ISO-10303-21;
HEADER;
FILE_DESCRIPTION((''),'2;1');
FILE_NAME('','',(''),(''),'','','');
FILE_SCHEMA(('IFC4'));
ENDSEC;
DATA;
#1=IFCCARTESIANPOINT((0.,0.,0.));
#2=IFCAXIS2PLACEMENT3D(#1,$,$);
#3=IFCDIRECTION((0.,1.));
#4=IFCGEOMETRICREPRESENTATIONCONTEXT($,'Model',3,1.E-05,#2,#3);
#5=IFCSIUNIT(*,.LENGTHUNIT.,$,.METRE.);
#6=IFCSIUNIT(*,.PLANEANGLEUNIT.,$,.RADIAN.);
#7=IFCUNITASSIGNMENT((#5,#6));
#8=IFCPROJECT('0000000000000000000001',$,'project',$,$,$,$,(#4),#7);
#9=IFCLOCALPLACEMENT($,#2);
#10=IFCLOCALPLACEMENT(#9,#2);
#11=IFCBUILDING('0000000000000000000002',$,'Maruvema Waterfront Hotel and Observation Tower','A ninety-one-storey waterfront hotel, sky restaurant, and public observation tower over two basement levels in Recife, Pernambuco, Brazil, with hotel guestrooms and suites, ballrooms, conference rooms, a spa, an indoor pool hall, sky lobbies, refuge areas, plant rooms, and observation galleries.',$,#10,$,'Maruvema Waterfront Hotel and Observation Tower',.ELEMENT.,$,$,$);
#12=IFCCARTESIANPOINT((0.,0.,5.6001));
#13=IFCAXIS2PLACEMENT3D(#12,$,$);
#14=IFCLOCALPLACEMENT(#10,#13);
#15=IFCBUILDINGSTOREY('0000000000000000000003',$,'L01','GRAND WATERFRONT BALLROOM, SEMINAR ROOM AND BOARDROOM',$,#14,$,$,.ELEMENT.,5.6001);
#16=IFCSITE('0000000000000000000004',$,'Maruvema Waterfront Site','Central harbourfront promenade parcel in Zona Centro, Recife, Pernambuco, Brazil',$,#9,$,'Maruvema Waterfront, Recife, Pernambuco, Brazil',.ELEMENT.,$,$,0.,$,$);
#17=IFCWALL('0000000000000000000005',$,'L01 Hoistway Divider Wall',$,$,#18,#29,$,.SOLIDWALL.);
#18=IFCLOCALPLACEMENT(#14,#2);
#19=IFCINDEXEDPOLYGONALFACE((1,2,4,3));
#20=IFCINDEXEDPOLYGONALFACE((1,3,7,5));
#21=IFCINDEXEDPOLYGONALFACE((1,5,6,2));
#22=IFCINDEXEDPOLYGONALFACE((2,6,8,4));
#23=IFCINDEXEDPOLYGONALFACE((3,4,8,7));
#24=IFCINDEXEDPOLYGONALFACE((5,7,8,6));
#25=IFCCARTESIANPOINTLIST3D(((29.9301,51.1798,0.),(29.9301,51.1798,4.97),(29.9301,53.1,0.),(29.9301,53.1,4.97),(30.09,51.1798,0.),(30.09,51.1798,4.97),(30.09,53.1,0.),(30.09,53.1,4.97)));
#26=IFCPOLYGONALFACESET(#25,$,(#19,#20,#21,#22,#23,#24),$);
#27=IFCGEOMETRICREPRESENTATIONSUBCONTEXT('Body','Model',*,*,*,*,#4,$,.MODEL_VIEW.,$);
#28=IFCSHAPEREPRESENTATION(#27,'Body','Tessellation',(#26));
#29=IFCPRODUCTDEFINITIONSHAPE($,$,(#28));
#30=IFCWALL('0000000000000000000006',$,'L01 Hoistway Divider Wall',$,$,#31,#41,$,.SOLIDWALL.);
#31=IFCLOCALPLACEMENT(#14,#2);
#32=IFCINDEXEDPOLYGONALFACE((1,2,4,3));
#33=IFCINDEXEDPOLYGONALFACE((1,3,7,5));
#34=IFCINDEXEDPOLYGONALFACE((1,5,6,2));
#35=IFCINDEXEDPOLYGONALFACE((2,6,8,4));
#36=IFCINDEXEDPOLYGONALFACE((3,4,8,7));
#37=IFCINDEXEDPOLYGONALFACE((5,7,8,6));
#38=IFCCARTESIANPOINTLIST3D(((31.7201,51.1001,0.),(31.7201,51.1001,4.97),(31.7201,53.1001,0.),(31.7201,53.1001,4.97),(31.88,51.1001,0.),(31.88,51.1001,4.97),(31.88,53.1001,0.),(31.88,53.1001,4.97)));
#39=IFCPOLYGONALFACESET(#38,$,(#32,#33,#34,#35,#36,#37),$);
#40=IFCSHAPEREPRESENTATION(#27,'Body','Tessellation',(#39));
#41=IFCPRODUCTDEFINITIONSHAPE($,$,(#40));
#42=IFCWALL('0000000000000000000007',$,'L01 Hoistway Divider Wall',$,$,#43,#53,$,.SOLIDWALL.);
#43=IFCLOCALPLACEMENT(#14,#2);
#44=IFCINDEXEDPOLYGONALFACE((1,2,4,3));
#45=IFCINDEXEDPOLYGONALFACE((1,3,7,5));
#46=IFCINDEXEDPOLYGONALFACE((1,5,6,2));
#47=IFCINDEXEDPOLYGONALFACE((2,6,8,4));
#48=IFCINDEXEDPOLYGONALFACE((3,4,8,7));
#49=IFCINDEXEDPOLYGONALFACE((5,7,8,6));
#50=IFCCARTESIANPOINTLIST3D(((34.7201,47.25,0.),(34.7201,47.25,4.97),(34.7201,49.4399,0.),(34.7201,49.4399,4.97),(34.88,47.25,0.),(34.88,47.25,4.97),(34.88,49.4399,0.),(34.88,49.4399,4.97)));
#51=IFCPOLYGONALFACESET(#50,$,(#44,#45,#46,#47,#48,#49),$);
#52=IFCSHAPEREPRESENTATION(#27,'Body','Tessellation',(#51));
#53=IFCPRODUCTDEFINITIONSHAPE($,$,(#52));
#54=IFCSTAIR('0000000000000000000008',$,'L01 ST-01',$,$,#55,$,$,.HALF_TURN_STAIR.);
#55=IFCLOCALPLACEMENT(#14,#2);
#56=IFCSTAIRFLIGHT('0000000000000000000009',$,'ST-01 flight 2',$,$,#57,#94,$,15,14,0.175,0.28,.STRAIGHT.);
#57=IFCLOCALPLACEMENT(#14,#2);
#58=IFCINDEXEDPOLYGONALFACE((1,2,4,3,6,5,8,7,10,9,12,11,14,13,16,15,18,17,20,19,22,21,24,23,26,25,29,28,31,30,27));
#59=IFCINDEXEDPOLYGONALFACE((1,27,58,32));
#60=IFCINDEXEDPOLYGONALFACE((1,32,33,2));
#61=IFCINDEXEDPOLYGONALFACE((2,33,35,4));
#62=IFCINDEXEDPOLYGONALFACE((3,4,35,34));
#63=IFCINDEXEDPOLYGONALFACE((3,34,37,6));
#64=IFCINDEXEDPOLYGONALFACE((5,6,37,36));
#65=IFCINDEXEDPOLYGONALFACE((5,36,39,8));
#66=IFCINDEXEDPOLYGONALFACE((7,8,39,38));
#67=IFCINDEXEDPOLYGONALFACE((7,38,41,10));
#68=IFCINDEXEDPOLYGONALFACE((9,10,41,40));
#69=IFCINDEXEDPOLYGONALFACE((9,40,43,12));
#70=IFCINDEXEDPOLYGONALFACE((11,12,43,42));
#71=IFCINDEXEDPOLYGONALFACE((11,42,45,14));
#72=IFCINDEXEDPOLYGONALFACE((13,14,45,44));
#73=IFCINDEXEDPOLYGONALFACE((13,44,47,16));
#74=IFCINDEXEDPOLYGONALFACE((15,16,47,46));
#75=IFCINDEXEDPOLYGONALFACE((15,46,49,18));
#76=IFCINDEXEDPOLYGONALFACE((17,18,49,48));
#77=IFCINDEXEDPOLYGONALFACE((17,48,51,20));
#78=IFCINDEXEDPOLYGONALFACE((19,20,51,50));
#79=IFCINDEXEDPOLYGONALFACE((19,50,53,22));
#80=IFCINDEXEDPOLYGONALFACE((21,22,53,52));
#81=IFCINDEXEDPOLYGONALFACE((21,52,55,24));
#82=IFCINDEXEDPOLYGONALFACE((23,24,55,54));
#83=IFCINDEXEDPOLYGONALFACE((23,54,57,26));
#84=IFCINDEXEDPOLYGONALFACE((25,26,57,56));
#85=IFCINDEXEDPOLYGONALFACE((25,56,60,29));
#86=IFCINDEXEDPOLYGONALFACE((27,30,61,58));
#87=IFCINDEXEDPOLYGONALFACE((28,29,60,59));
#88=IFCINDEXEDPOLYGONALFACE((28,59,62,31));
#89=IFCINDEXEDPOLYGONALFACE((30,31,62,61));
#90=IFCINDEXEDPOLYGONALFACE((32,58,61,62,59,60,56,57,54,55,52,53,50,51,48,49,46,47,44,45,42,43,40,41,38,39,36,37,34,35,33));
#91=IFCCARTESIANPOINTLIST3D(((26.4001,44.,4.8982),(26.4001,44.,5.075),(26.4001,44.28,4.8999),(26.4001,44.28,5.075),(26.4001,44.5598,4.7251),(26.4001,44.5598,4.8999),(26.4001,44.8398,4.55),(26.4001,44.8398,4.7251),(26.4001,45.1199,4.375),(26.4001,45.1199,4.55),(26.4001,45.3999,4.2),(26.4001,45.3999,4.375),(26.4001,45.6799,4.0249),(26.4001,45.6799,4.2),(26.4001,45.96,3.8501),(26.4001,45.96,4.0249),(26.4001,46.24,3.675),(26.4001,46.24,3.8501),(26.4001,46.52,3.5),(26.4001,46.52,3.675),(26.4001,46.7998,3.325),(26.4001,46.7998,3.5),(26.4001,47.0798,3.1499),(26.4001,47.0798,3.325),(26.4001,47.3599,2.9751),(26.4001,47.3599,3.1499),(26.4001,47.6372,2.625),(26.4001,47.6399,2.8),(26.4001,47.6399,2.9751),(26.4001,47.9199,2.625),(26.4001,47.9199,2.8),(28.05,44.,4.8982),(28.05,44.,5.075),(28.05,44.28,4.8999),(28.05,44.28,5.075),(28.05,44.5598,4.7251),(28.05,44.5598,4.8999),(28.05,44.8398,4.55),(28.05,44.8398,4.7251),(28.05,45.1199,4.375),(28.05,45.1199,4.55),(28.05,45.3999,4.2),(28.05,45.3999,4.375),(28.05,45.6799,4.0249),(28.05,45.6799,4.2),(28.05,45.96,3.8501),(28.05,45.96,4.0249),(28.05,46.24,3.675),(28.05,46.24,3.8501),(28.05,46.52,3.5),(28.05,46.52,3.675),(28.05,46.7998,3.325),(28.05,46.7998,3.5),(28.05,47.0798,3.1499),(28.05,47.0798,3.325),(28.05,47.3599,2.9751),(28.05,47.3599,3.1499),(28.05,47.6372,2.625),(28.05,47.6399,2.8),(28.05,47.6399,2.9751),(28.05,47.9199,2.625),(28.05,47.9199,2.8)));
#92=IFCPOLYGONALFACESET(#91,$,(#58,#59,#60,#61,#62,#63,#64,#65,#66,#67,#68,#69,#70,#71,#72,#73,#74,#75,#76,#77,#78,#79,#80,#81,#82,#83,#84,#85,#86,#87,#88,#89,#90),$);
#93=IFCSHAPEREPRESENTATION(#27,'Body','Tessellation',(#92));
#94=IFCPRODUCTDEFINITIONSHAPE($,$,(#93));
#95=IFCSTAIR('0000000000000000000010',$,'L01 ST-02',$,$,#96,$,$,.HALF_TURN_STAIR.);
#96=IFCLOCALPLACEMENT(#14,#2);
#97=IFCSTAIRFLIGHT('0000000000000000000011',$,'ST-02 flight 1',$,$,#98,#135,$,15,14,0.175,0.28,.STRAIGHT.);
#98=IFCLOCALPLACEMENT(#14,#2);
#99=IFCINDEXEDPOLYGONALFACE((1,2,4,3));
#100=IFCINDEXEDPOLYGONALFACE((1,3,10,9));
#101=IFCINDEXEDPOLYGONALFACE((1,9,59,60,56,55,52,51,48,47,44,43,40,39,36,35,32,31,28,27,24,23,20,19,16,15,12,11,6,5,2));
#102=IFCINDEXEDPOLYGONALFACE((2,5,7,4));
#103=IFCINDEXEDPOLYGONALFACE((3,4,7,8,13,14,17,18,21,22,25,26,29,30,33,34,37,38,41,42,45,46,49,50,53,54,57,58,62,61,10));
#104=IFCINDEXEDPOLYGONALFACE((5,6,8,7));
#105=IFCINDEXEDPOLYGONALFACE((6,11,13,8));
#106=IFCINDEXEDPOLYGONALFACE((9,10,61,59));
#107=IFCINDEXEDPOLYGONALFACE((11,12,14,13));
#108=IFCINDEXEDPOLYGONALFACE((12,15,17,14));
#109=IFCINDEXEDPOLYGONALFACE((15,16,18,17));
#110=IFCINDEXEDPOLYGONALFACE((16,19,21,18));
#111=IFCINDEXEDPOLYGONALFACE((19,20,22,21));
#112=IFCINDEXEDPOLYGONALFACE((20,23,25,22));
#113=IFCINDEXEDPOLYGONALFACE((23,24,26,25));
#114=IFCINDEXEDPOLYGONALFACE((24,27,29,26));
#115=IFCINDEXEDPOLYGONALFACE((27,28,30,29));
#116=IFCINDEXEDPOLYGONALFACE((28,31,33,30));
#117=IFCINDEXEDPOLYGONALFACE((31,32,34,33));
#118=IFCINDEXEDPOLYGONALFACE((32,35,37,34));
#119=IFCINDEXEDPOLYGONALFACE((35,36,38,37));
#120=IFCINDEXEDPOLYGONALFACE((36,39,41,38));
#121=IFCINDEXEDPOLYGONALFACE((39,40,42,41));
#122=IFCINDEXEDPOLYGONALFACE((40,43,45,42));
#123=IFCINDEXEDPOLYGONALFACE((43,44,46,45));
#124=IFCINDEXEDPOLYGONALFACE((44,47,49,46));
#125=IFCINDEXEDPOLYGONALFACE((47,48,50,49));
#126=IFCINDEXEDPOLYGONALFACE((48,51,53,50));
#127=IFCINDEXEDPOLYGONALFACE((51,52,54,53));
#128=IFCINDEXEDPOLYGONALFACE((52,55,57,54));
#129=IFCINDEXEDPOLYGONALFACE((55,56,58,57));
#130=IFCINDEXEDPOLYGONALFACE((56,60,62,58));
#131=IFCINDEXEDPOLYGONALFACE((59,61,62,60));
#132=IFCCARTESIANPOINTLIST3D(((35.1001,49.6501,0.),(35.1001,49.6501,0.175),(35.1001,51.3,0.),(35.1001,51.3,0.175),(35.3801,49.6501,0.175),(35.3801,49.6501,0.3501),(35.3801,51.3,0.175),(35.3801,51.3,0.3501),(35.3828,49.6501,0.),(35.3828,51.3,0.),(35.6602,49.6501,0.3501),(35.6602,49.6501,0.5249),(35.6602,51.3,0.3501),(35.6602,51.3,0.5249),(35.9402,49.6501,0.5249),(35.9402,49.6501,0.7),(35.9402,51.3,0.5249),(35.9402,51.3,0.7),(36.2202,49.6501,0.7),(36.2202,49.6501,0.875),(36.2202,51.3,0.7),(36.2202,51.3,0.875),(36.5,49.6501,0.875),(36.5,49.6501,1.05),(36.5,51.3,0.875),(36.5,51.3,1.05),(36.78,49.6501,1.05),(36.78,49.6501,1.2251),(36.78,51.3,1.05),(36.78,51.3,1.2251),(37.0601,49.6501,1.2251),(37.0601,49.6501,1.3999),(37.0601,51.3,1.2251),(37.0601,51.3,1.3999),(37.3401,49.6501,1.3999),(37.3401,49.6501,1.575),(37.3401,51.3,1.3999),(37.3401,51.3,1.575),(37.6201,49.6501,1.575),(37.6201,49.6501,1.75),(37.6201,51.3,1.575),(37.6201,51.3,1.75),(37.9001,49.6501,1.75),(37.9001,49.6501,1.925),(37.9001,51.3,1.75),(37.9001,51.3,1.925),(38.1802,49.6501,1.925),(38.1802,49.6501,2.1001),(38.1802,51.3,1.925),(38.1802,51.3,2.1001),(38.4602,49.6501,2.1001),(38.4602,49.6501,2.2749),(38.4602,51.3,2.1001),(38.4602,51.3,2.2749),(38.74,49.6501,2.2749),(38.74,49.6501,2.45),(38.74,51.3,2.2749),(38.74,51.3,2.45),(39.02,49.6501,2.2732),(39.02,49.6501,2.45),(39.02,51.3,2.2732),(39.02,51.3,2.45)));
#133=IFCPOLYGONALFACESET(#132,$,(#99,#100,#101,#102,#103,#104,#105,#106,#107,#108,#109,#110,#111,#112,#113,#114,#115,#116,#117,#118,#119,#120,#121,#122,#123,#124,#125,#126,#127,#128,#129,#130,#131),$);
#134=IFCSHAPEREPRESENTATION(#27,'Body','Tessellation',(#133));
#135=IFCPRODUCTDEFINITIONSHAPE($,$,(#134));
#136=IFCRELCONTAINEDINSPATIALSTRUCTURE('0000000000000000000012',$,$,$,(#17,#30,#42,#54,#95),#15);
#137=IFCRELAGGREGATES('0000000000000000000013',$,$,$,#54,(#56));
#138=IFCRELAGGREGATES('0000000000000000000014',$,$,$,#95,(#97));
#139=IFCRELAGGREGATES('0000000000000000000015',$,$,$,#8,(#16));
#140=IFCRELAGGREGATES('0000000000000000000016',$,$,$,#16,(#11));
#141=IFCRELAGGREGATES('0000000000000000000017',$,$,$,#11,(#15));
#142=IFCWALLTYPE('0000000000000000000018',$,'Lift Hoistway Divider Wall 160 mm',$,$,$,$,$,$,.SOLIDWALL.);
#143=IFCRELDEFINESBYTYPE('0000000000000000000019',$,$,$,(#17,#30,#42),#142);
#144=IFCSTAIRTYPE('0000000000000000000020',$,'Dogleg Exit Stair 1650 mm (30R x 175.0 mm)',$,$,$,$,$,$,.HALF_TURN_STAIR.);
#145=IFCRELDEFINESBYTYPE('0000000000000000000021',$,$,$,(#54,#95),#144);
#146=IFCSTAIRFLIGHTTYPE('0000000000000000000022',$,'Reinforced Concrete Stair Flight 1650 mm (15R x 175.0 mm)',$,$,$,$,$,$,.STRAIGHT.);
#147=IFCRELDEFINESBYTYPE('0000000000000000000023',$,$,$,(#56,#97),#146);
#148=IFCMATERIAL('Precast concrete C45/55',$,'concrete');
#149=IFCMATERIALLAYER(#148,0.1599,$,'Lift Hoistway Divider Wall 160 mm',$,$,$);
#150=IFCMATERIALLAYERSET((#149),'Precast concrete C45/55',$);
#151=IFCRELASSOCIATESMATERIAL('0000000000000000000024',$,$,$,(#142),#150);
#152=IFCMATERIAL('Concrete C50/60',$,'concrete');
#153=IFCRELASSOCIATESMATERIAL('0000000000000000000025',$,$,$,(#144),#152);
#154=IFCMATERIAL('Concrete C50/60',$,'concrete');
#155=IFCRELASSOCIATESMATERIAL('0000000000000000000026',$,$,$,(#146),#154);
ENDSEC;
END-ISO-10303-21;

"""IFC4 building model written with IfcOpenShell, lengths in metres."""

from ifc_helpers import new_model, si_unit, direction, frame, frame_2d, origin, place, context, subcontext, project, spatial, polyline, rectangle, outline, extrude, material, layer, layer_set, type_object, element, aggregate, save


model = new_model("IFC4")

# Units and contexts
model_context = context("Model", 3, precision=1e-05, world=origin(), true_north=direction((0.0, 1.0)))
body_context = subcontext(model_context, "Body", "Model", "MODEL_VIEW")
ifc_project = project(units=[si_unit("LENGTHUNIT", "METRE"), si_unit("PLANEANGLEUNIT", "RADIAN")], contexts=[model_context])

# Site, building, storey
site_placement = place(None, origin())
site = spatial("IfcSite", under=ifc_project, at=site_placement, Name="Maruvema Waterfront Site", Description="Central harbourfront promenade parcel in Zona Centro, Recife, Pernambuco, Brazil", LongName="Maruvema Waterfront, Recife, Pernambuco, Brazil", CompositionType="ELEMENT", RefElevation=0.0)
building_placement = place(site_placement, origin())
building = spatial("IfcBuilding", under=site, at=building_placement, Name="Maruvema Waterfront Hotel and Observation Tower", Description="A ninety-one-storey waterfront hotel, sky restaurant, and public observation tower over two basement levels in Recife, Pernambuco, Brazil, with hotel guestrooms and suites, ballrooms, conference rooms, a spa, an indoor pool hall, sky lobbies, refuge areas, plant rooms, and observation galleries.", LongName="Maruvema Waterfront Hotel and Observation Tower", CompositionType="ELEMENT")
storey_placement = place(building_placement, frame((0.0, 0.0, 5.6001)))
storey = spatial("IfcBuildingStorey", under=building, at=storey_placement, Name="L01", Description="GRAND WATERFRONT BALLROOM, SEMINAR ROOM AND BOARDROOM", CompositionType="ELEMENT", Elevation=5.6001)

# Walls
ifc_material_1 = material(Name="Precast concrete C45/55", Category="concrete")
ifc_layer_1 = layer(ifc_material_1, 0.1599, Name="Lift Hoistway Divider Wall 160 mm")
ifc_layer_set_1 = layer_set([ifc_layer_1], Name="Precast concrete C45/55")
wall_type_1 = type_object("IfcWallType", Name="Lift Hoistway Divider Wall 160 mm", PredefinedType="SOLIDWALL", material=ifc_layer_set_1)
wall_1_placement = place(storey_placement, frame((30.01, 51.1799, 0.0), z_axis=(0.0, 0.0, 1.0), x_axis=(0.0, 1.0, 0.0)))
element("IfcWall", 1, at=wall_1_placement, inside=storey, type_object=wall_type_1, Name="L01 Hoistway Divider Wall", PredefinedType="SOLIDWALL", context=body_context, shape_type="SweptSolid", body=[
    extrude(rectangle(XDim=1.9202, YDim=0.1599, at=frame_2d((0.96, 0.0))), origin(), (0.0, 0.0, 1.0), 4.97),
])
wall_2_placement = place(storey_placement, frame((31.8, 51.1001, 0.0), z_axis=(0.0, 0.0, 1.0), x_axis=(0.0, 1.0, 0.0)))
element("IfcWall", 2, at=wall_2_placement, inside=storey, type_object=wall_type_1, Name="L01 Hoistway Divider Wall", PredefinedType="SOLIDWALL", context=body_context, shape_type="SweptSolid", body=[
    extrude(rectangle(XDim=2.0, YDim=0.1599, at=frame_2d((1.0, 0.0))), origin(), (0.0, 0.0, 1.0), 4.97),
])
wall_3_placement = place(storey_placement, frame((34.8, 47.25, 0.0), z_axis=(0.0, 0.0, 1.0), x_axis=(0.0, 1.0, 0.0)))
element("IfcWall", 3, at=wall_3_placement, inside=storey, type_object=wall_type_1, Name="L01 Hoistway Divider Wall", PredefinedType="SOLIDWALL", context=body_context, shape_type="SweptSolid", body=[
    extrude(rectangle(XDim=2.1899, YDim=0.1599, at=frame_2d((1.095, 0.0))), origin(), (0.0, 0.0, 1.0), 4.97),
])

# Stairs, stair flights
ifc_material_2 = material(Name="Concrete C50/60", Category="concrete")
stair_type = type_object("IfcStairType", Name="Dogleg Exit Stair 1650 mm (30R x 175.0 mm)", PredefinedType="HALF_TURN_STAIR", material=ifc_material_2)
stair_1_placement = place(storey_placement, origin())
stair_1 = element("IfcStair", 4, at=stair_1_placement, inside=storey, type_object=stair_type, Name="L01 ST-01", PredefinedType="HALF_TURN_STAIR")
ifc_material_3 = material(Name="Concrete C50/60", Category="concrete")
stair_flight_type = type_object("IfcStairFlightType", Name="Reinforced Concrete Stair Flight 1650 mm (15R x 175.0 mm)", PredefinedType="STRAIGHT", material=ifc_material_3)
stair_flight_1_placement = place(storey_placement, frame((27.2251, 47.9199, 2.625), z_axis=(0.0, 0.0, 1.0), x_axis=(0.0, -1.0, 0.0)))
stair_flight_1 = element("IfcStairFlight", 5, at=stair_flight_1_placement, type_object=stair_flight_type, Name="ST-01 flight 2", NumberOfRisers=15, NumberOfTreads=14, PredefinedType="STRAIGHT", RiserHeight=0.175, TreadLength=0.28, context=body_context, shape_type="SweptSolid", body=[
    extrude(outline(polyline([(0.0, 0.0), (0.0, 0.175), (0.28, 0.175), (0.28, 0.3501), (0.5601, 0.3501), (0.5601, 0.5249), (0.8401, 0.5249), (0.8401, 0.7), (1.1201, 0.7), (1.1201, 0.875), (1.3999, 0.875), (1.3999, 1.05), (1.6799, 1.05), (1.6799, 1.2251), (1.96, 1.2251), (1.96, 1.3999), (2.24, 1.3999), (2.24, 1.575), (2.52, 1.575), (2.52, 1.75), (2.8, 1.75), (2.8, 1.925), (3.0801, 1.925), (3.0801, 2.1001), (3.3601, 2.1001), (3.3601, 2.2749), (3.6399, 2.2749), (3.6399, 2.45), (3.9199, 2.45), (3.9199, 2.625), (3.9199, 2.2732), (0.2827, 0.0), (0.0, 0.0)])), frame((0.0, 0.825, 0.0), z_axis=(0.0, -1.0, 0.0), x_axis=(1.0, 0.0, 0.0)), (0.0, 0.0, 1.0), 1.6499),
])
aggregate(stair_1, [stair_flight_1])
stair_2_placement = place(storey_placement, origin())
stair_2 = element("IfcStair", 6, at=stair_2_placement, inside=storey, type_object=stair_type, Name="L01 ST-02", PredefinedType="HALF_TURN_STAIR")
stair_flight_2_placement = place(storey_placement, frame((35.1001, 50.4751, 0.0), z_axis=(0.0, 0.0, 1.0), x_axis=(1.0, 0.0, 0.0)))
stair_flight_2 = element("IfcStairFlight", 7, at=stair_flight_2_placement, type_object=stair_flight_type, Name="ST-02 flight 1", NumberOfRisers=15, NumberOfTreads=14, PredefinedType="STRAIGHT", RiserHeight=0.175, TreadLength=0.28, context=body_context, shape_type="SweptSolid", body=[
    extrude(outline(polyline([(0.0, 0.0), (0.0, 0.175), (0.28, 0.175), (0.28, 0.3501), (0.5601, 0.3501), (0.5601, 0.5249), (0.8401, 0.5249), (0.8401, 0.7), (1.1201, 0.7), (1.1201, 0.875), (1.3999, 0.875), (1.3999, 1.05), (1.6799, 1.05), (1.6799, 1.2251), (1.96, 1.2251), (1.96, 1.3999), (2.24, 1.3999), (2.24, 1.575), (2.52, 1.575), (2.52, 1.75), (2.8, 1.75), (2.8, 1.925), (3.0801, 1.925), (3.0801, 2.1001), (3.3601, 2.1001), (3.3601, 2.2749), (3.6399, 2.2749), (3.6399, 2.45), (3.9199, 2.45), (3.9199, 2.625), (3.9199, 2.2732), (0.2827, 0.0), (0.0, 0.0)])), frame((0.0, 0.825, 0.0), z_axis=(0.0, -1.0, 0.0), x_axis=(1.0, 0.0, 0.0)), (0.0, 0.0, 1.0), 1.6499),
])
aggregate(stair_2, [stair_flight_2])

save(model, "model.ifc")
